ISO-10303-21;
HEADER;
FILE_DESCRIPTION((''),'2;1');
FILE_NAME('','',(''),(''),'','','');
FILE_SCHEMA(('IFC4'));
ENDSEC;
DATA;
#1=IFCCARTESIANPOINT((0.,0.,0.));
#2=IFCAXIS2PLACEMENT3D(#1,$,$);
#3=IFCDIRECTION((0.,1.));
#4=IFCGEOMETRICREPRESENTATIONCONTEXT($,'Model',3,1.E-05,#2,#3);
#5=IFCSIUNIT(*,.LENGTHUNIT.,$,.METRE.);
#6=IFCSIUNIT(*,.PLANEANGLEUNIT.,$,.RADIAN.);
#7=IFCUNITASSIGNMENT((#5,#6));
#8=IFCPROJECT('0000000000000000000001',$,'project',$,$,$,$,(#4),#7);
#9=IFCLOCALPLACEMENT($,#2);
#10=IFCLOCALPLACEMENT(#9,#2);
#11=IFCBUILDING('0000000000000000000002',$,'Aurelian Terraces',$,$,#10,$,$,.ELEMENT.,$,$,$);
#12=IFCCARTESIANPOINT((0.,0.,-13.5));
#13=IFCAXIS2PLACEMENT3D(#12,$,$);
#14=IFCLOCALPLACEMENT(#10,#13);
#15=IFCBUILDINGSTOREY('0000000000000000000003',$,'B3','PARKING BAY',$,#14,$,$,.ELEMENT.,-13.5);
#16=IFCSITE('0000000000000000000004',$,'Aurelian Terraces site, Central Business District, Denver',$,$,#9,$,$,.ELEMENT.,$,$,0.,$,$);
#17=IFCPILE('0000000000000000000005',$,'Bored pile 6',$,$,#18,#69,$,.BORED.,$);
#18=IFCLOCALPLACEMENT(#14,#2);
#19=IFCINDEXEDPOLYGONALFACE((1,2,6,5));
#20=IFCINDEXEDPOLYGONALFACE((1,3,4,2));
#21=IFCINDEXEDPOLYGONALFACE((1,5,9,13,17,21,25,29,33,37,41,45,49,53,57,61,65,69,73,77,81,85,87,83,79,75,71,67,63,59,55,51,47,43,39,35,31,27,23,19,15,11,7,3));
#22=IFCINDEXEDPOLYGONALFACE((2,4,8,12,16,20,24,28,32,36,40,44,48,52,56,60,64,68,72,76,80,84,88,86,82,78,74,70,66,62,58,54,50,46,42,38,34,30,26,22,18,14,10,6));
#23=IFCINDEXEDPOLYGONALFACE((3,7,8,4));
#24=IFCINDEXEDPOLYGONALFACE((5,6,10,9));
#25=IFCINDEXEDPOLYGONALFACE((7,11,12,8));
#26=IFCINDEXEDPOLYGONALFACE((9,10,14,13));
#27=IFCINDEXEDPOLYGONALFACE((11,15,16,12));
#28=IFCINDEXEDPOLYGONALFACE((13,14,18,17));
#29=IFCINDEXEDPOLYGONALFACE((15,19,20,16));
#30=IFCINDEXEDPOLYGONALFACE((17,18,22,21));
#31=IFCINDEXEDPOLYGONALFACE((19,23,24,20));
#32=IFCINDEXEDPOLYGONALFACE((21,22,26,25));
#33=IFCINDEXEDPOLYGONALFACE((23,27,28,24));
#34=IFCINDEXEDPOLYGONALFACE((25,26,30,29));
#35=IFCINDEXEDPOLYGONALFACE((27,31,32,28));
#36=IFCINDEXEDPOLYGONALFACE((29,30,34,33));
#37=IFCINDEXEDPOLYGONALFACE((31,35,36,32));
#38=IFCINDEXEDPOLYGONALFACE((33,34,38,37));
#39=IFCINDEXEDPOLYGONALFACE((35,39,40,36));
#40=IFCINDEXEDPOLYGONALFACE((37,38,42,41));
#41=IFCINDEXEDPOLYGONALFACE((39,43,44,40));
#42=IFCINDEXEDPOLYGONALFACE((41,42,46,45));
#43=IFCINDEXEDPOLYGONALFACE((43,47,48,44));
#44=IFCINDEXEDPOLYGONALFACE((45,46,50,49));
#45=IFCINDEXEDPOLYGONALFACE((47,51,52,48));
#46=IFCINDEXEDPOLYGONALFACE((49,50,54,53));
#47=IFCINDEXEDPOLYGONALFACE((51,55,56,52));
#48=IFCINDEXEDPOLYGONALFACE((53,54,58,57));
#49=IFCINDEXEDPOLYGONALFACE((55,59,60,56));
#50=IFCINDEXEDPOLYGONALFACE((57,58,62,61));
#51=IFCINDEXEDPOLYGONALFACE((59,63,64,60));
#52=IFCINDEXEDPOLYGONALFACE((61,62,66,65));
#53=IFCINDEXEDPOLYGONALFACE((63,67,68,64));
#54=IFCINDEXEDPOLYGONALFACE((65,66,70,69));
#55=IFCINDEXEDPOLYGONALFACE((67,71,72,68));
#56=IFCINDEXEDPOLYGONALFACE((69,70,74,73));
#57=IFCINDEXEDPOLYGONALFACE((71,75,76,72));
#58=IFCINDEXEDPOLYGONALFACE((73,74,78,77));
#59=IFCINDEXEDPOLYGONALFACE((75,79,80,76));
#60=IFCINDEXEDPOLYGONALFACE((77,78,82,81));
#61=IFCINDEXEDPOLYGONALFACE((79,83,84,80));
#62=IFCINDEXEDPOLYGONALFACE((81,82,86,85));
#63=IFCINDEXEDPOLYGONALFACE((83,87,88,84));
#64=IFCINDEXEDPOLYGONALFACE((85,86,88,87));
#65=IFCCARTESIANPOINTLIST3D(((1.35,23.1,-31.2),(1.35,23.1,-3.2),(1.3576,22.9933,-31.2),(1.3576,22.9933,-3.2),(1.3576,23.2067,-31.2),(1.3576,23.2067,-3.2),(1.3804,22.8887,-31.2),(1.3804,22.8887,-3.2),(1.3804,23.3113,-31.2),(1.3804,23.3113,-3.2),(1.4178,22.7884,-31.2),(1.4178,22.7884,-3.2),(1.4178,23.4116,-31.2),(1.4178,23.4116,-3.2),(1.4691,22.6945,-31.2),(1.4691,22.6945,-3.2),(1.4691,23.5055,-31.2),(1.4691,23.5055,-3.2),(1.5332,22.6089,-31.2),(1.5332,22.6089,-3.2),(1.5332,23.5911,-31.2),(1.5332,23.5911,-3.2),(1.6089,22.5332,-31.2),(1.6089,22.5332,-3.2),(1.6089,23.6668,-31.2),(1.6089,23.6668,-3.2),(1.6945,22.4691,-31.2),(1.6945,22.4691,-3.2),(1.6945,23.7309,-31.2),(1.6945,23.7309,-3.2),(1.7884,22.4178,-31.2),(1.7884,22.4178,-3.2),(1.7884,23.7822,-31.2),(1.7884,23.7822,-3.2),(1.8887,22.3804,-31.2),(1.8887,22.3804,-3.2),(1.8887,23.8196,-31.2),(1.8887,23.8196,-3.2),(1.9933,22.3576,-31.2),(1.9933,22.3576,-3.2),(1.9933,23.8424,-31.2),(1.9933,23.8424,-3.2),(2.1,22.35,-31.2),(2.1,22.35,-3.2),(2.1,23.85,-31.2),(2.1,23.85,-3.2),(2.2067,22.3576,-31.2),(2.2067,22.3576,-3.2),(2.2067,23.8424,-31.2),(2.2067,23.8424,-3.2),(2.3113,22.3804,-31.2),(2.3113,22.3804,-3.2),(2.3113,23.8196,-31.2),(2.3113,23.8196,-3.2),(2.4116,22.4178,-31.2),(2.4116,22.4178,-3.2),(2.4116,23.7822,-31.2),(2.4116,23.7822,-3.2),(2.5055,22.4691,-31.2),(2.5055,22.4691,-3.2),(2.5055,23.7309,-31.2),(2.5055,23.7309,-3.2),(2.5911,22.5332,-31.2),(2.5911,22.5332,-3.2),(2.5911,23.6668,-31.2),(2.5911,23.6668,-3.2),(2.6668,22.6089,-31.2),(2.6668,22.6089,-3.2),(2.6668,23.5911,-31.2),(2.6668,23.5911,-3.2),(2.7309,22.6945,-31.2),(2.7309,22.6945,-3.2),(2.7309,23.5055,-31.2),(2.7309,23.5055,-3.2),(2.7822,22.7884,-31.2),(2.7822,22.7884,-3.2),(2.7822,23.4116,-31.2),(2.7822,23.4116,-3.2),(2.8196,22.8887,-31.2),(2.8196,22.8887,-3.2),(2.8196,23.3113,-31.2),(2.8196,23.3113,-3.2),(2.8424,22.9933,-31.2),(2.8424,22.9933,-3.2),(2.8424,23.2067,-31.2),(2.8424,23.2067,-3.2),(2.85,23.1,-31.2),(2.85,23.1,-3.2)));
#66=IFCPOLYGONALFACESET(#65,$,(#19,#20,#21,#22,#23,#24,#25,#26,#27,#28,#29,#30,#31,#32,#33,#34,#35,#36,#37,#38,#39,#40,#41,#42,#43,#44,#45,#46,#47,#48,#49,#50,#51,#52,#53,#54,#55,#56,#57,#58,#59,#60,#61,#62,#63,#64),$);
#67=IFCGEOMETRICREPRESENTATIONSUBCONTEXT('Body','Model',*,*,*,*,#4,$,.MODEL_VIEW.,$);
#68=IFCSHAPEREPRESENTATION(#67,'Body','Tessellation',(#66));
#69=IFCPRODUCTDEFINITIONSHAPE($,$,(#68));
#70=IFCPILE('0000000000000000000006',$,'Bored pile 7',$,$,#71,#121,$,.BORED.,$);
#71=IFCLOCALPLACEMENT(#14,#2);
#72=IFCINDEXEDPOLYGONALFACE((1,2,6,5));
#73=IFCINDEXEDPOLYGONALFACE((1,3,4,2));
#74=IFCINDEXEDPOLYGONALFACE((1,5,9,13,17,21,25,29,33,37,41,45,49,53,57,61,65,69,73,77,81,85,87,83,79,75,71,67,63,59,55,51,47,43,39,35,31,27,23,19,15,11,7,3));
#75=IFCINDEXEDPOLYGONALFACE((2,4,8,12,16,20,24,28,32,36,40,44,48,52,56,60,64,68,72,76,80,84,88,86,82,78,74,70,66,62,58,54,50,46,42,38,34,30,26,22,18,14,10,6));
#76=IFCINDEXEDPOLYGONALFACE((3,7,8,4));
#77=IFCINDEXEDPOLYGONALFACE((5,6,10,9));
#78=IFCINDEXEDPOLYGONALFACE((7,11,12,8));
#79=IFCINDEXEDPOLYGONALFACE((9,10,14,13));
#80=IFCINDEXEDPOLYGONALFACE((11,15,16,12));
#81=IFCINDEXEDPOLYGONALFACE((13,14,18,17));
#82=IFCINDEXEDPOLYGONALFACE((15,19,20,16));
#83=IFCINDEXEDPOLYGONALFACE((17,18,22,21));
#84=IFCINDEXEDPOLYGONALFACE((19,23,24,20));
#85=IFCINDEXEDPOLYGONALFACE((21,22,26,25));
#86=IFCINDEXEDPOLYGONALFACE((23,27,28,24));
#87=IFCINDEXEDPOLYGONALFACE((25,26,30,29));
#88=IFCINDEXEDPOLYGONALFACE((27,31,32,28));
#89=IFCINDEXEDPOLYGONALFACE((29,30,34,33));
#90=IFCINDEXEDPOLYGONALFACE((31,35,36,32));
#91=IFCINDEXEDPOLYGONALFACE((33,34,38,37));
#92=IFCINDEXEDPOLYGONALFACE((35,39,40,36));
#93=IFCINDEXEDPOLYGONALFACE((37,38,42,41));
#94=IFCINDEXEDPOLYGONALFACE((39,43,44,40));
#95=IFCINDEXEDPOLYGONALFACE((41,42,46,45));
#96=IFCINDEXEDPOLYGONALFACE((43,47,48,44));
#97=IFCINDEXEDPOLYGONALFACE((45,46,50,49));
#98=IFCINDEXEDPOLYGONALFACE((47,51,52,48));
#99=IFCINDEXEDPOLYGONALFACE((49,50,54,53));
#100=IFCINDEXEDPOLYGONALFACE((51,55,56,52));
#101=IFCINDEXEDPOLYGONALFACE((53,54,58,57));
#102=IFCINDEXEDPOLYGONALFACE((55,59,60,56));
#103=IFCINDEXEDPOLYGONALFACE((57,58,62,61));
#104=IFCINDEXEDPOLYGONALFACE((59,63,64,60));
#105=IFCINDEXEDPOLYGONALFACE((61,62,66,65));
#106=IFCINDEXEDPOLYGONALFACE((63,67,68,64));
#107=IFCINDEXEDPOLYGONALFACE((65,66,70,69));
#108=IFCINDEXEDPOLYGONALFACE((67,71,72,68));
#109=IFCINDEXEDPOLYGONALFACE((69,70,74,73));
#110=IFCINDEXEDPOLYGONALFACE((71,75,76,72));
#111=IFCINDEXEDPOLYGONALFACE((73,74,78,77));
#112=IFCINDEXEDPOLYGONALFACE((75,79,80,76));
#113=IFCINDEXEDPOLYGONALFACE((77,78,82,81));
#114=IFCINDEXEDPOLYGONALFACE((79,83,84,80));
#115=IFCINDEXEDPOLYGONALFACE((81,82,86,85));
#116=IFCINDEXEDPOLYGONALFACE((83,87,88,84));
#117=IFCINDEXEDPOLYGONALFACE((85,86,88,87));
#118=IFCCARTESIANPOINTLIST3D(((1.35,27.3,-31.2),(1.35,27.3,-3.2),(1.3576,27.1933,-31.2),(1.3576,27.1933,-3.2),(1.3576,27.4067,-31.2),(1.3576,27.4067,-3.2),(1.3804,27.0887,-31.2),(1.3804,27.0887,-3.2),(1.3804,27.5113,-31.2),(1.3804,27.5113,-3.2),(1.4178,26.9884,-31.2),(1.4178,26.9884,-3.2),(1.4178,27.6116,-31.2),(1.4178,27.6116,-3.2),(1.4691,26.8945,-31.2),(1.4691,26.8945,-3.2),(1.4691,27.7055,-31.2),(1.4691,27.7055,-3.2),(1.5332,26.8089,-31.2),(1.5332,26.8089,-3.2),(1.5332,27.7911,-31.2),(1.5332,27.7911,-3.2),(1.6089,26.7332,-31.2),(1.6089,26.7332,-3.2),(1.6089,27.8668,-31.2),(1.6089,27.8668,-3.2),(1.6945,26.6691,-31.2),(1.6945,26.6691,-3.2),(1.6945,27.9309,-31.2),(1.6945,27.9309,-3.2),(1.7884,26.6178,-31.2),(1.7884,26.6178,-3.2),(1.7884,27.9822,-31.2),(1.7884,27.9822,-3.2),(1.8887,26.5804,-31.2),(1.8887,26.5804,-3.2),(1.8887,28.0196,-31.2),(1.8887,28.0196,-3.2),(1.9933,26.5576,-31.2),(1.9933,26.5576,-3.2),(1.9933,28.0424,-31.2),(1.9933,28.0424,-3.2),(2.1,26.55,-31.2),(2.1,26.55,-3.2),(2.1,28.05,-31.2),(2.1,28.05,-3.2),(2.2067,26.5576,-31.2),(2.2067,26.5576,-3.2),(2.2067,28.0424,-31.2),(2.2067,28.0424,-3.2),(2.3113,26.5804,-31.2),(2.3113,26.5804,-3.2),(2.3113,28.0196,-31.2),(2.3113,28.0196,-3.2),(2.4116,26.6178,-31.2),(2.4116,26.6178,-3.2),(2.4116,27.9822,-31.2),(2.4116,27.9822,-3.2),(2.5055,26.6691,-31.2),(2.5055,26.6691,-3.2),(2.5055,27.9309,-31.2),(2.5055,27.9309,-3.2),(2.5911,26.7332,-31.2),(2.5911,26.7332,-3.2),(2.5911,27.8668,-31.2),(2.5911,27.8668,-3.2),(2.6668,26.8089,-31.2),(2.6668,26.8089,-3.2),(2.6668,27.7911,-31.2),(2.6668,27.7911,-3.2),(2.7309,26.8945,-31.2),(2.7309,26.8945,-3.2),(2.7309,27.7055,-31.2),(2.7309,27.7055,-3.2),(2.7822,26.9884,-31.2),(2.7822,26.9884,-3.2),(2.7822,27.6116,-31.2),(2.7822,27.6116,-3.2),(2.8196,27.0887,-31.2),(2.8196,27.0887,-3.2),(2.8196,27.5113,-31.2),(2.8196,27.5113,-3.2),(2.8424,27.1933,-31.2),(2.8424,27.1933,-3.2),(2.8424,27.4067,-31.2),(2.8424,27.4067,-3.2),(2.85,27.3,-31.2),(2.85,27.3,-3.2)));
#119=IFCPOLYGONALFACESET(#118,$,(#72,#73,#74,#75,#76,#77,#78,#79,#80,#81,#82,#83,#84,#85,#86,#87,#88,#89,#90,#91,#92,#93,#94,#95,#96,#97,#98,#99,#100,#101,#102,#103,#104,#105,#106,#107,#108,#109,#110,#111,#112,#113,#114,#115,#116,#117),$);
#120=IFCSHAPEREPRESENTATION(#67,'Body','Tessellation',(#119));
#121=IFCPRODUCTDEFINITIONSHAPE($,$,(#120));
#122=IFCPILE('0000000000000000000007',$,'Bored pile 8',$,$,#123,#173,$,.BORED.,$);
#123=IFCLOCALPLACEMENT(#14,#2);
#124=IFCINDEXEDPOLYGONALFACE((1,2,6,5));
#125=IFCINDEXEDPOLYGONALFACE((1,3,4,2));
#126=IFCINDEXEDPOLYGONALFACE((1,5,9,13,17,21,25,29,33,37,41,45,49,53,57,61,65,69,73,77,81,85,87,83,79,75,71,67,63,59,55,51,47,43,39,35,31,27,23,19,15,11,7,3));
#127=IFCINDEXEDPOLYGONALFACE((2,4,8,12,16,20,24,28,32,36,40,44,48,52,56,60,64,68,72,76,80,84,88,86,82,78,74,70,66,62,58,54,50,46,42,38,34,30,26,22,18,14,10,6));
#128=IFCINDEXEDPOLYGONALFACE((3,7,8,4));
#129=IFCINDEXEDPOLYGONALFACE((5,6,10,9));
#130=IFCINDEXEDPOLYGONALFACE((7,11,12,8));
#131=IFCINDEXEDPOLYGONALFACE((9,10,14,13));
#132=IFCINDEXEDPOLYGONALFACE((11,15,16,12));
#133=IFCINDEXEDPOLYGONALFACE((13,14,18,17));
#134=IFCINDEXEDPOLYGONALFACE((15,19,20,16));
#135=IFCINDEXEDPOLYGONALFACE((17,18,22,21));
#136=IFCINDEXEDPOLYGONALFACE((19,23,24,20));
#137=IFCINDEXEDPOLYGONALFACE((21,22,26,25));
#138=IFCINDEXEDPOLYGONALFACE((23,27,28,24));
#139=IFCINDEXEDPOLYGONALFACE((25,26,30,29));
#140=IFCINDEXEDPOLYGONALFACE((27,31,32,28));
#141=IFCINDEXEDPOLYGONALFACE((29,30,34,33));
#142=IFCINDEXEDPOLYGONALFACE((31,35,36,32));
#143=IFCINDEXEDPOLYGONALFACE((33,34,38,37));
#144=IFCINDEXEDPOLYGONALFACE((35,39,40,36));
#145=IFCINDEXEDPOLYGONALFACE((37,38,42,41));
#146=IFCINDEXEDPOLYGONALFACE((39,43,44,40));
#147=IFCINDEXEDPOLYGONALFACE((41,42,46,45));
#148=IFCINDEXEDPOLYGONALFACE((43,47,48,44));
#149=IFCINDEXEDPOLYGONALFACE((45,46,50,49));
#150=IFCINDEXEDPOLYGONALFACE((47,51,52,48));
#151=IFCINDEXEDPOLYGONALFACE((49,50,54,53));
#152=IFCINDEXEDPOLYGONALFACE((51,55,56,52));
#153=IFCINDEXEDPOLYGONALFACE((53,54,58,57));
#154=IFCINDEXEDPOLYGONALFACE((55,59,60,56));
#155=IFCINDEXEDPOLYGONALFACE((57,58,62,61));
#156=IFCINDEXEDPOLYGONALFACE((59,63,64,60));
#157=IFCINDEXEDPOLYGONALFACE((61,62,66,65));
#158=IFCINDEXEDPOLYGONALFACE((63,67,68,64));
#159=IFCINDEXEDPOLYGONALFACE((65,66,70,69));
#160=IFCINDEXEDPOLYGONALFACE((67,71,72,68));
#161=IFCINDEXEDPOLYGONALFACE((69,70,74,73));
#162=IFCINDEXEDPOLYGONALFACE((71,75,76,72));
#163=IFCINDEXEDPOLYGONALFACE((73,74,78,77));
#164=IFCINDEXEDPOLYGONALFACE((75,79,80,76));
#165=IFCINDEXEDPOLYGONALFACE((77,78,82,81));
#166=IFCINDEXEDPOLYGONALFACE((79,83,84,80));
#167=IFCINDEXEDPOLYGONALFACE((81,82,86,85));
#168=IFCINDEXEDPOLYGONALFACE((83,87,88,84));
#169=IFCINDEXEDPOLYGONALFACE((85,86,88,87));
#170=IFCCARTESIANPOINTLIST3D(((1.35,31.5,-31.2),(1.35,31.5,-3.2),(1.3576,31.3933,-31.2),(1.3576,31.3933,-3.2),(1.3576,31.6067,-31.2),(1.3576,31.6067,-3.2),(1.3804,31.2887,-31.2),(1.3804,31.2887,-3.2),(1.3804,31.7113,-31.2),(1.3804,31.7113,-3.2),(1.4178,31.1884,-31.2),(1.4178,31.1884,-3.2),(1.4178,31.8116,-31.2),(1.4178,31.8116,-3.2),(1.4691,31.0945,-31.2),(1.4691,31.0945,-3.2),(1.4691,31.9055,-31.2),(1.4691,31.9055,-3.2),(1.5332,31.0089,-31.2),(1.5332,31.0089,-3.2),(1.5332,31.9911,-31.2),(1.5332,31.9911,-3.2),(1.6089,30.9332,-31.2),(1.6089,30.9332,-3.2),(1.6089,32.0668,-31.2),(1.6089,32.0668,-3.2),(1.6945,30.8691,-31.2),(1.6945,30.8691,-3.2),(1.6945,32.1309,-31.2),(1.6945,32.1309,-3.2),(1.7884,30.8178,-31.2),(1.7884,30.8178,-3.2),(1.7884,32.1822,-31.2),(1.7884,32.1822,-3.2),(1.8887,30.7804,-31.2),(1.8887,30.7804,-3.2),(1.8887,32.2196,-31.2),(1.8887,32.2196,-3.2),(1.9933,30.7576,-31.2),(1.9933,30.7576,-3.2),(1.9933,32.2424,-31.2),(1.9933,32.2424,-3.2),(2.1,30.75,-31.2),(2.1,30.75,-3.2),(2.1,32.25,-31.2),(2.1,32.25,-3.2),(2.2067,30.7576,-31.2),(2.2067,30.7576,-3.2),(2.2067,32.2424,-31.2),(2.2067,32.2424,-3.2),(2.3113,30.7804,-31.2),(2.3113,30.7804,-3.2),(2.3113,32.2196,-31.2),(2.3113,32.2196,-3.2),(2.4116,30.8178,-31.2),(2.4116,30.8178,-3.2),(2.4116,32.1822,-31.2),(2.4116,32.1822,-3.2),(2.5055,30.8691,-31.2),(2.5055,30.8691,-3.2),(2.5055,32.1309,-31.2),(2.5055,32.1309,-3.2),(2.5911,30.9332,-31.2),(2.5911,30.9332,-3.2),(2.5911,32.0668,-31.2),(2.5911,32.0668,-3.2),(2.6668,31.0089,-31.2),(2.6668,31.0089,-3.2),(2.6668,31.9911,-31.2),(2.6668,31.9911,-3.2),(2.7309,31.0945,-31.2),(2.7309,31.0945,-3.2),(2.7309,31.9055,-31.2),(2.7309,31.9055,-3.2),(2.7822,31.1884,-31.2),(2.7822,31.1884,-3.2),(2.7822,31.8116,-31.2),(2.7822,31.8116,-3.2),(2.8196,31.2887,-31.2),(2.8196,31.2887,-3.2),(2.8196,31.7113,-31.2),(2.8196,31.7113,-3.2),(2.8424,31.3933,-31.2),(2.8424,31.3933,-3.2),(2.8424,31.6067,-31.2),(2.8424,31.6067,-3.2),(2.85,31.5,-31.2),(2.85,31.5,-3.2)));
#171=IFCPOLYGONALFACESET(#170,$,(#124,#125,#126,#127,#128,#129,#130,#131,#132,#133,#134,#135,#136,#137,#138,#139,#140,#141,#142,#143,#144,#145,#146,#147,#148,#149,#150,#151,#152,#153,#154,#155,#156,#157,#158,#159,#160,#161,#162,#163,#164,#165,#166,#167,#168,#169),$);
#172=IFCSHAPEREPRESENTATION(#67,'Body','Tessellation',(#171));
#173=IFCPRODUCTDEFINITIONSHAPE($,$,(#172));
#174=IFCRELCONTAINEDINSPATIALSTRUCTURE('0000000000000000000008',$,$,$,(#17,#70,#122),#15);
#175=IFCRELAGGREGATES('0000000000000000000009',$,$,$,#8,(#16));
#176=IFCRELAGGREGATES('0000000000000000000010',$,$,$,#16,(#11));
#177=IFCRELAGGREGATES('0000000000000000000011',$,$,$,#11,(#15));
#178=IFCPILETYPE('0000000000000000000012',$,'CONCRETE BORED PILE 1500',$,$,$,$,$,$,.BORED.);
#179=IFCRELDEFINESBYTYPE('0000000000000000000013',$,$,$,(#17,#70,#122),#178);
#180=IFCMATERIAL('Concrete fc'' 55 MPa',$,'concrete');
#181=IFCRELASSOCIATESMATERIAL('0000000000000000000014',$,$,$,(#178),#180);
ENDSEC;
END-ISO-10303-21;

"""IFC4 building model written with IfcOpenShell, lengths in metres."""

from ifc_helpers import new_model, si_unit, direction, frame, origin, origin_2d, place, context, subcontext, project, spatial, circle, extrude, source, transform, mapped, material, material_profile, profile_set, type_object, element, save


model = new_model("IFC4")

# Units and contexts
model_context = context("Model", 3, precision=1e-05, world=origin(), true_north=direction((0.0, 1.0)))
body_context = subcontext(model_context, "Body", "Model", "MODEL_VIEW")
ifc_project = project(units=[si_unit("LENGTHUNIT", "METRE"), si_unit("PLANEANGLEUNIT", "RADIAN")], contexts=[model_context])

# Site, building, storey
site_placement = place(None, origin())
site = spatial("IfcSite", under=ifc_project, at=site_placement, Name="Aurelian Terraces site, Central Business District, Denver", CompositionType="ELEMENT", RefElevation=0.0)
building_placement = place(site_placement, origin())
building = spatial("IfcBuilding", under=site, at=building_placement, Name="Aurelian Terraces", CompositionType="ELEMENT")
storey_placement = place(building_placement, frame((0.0, 0.0, -13.5)))
storey = spatial("IfcBuildingStorey", under=building, at=storey_placement, Name="B3", Description="PARKING BAY", CompositionType="ELEMENT", Elevation=-13.5)

# Piles
ifc_material_1 = material(Name="Concrete fc' 55 MPa", Category="concrete")
ifc_material_profile_1 = material_profile(ifc_material_1, circle(Radius=0.75, at=origin_2d()))
ifc_profile_set_1 = profile_set([ifc_material_profile_1], Name="Concrete fc' 55 MPa")
pile_type = type_object("IfcPileType", Name="CONCRETE BORED PILE 1500", PredefinedType="BORED", material=ifc_profile_set_1)
shared_shape_1 = source(origin(), body_context, "Body", "SweptSolid", [
    extrude(circle(Radius=0.75, at=origin_2d()), origin(), (0.0, 0.0, 1.0), 28.0),
])
for number, where, z_axis, x_axis, name in (
    (1, (2.1, 23.1, -3.2), (0.0, 0.0, -1.0), (1.0, 0.0, 0.0), "Bored pile 6"),
    (2, (2.1, 27.3, -3.2), (0.0, 0.0, -1.0), (1.0, 0.0, 0.0), "Bored pile 7"),
    (3, (2.1, 31.5, -3.2), (0.0, 0.0, -1.0), (1.0, 0.0, 0.0), "Bored pile 8"),
):
    element("IfcPile", number, at=place(storey_placement, frame(where, z_axis=z_axis, x_axis=x_axis)), inside=storey, type_object=pile_type, Name=name, PredefinedType="BORED", context=body_context, shape_type="MappedRepresentation", body=[
        mapped(shared_shape_1, transform((0.0, 0.0, 0.0), scale=1.0)),
    ])

save(model, "model.ifc")
